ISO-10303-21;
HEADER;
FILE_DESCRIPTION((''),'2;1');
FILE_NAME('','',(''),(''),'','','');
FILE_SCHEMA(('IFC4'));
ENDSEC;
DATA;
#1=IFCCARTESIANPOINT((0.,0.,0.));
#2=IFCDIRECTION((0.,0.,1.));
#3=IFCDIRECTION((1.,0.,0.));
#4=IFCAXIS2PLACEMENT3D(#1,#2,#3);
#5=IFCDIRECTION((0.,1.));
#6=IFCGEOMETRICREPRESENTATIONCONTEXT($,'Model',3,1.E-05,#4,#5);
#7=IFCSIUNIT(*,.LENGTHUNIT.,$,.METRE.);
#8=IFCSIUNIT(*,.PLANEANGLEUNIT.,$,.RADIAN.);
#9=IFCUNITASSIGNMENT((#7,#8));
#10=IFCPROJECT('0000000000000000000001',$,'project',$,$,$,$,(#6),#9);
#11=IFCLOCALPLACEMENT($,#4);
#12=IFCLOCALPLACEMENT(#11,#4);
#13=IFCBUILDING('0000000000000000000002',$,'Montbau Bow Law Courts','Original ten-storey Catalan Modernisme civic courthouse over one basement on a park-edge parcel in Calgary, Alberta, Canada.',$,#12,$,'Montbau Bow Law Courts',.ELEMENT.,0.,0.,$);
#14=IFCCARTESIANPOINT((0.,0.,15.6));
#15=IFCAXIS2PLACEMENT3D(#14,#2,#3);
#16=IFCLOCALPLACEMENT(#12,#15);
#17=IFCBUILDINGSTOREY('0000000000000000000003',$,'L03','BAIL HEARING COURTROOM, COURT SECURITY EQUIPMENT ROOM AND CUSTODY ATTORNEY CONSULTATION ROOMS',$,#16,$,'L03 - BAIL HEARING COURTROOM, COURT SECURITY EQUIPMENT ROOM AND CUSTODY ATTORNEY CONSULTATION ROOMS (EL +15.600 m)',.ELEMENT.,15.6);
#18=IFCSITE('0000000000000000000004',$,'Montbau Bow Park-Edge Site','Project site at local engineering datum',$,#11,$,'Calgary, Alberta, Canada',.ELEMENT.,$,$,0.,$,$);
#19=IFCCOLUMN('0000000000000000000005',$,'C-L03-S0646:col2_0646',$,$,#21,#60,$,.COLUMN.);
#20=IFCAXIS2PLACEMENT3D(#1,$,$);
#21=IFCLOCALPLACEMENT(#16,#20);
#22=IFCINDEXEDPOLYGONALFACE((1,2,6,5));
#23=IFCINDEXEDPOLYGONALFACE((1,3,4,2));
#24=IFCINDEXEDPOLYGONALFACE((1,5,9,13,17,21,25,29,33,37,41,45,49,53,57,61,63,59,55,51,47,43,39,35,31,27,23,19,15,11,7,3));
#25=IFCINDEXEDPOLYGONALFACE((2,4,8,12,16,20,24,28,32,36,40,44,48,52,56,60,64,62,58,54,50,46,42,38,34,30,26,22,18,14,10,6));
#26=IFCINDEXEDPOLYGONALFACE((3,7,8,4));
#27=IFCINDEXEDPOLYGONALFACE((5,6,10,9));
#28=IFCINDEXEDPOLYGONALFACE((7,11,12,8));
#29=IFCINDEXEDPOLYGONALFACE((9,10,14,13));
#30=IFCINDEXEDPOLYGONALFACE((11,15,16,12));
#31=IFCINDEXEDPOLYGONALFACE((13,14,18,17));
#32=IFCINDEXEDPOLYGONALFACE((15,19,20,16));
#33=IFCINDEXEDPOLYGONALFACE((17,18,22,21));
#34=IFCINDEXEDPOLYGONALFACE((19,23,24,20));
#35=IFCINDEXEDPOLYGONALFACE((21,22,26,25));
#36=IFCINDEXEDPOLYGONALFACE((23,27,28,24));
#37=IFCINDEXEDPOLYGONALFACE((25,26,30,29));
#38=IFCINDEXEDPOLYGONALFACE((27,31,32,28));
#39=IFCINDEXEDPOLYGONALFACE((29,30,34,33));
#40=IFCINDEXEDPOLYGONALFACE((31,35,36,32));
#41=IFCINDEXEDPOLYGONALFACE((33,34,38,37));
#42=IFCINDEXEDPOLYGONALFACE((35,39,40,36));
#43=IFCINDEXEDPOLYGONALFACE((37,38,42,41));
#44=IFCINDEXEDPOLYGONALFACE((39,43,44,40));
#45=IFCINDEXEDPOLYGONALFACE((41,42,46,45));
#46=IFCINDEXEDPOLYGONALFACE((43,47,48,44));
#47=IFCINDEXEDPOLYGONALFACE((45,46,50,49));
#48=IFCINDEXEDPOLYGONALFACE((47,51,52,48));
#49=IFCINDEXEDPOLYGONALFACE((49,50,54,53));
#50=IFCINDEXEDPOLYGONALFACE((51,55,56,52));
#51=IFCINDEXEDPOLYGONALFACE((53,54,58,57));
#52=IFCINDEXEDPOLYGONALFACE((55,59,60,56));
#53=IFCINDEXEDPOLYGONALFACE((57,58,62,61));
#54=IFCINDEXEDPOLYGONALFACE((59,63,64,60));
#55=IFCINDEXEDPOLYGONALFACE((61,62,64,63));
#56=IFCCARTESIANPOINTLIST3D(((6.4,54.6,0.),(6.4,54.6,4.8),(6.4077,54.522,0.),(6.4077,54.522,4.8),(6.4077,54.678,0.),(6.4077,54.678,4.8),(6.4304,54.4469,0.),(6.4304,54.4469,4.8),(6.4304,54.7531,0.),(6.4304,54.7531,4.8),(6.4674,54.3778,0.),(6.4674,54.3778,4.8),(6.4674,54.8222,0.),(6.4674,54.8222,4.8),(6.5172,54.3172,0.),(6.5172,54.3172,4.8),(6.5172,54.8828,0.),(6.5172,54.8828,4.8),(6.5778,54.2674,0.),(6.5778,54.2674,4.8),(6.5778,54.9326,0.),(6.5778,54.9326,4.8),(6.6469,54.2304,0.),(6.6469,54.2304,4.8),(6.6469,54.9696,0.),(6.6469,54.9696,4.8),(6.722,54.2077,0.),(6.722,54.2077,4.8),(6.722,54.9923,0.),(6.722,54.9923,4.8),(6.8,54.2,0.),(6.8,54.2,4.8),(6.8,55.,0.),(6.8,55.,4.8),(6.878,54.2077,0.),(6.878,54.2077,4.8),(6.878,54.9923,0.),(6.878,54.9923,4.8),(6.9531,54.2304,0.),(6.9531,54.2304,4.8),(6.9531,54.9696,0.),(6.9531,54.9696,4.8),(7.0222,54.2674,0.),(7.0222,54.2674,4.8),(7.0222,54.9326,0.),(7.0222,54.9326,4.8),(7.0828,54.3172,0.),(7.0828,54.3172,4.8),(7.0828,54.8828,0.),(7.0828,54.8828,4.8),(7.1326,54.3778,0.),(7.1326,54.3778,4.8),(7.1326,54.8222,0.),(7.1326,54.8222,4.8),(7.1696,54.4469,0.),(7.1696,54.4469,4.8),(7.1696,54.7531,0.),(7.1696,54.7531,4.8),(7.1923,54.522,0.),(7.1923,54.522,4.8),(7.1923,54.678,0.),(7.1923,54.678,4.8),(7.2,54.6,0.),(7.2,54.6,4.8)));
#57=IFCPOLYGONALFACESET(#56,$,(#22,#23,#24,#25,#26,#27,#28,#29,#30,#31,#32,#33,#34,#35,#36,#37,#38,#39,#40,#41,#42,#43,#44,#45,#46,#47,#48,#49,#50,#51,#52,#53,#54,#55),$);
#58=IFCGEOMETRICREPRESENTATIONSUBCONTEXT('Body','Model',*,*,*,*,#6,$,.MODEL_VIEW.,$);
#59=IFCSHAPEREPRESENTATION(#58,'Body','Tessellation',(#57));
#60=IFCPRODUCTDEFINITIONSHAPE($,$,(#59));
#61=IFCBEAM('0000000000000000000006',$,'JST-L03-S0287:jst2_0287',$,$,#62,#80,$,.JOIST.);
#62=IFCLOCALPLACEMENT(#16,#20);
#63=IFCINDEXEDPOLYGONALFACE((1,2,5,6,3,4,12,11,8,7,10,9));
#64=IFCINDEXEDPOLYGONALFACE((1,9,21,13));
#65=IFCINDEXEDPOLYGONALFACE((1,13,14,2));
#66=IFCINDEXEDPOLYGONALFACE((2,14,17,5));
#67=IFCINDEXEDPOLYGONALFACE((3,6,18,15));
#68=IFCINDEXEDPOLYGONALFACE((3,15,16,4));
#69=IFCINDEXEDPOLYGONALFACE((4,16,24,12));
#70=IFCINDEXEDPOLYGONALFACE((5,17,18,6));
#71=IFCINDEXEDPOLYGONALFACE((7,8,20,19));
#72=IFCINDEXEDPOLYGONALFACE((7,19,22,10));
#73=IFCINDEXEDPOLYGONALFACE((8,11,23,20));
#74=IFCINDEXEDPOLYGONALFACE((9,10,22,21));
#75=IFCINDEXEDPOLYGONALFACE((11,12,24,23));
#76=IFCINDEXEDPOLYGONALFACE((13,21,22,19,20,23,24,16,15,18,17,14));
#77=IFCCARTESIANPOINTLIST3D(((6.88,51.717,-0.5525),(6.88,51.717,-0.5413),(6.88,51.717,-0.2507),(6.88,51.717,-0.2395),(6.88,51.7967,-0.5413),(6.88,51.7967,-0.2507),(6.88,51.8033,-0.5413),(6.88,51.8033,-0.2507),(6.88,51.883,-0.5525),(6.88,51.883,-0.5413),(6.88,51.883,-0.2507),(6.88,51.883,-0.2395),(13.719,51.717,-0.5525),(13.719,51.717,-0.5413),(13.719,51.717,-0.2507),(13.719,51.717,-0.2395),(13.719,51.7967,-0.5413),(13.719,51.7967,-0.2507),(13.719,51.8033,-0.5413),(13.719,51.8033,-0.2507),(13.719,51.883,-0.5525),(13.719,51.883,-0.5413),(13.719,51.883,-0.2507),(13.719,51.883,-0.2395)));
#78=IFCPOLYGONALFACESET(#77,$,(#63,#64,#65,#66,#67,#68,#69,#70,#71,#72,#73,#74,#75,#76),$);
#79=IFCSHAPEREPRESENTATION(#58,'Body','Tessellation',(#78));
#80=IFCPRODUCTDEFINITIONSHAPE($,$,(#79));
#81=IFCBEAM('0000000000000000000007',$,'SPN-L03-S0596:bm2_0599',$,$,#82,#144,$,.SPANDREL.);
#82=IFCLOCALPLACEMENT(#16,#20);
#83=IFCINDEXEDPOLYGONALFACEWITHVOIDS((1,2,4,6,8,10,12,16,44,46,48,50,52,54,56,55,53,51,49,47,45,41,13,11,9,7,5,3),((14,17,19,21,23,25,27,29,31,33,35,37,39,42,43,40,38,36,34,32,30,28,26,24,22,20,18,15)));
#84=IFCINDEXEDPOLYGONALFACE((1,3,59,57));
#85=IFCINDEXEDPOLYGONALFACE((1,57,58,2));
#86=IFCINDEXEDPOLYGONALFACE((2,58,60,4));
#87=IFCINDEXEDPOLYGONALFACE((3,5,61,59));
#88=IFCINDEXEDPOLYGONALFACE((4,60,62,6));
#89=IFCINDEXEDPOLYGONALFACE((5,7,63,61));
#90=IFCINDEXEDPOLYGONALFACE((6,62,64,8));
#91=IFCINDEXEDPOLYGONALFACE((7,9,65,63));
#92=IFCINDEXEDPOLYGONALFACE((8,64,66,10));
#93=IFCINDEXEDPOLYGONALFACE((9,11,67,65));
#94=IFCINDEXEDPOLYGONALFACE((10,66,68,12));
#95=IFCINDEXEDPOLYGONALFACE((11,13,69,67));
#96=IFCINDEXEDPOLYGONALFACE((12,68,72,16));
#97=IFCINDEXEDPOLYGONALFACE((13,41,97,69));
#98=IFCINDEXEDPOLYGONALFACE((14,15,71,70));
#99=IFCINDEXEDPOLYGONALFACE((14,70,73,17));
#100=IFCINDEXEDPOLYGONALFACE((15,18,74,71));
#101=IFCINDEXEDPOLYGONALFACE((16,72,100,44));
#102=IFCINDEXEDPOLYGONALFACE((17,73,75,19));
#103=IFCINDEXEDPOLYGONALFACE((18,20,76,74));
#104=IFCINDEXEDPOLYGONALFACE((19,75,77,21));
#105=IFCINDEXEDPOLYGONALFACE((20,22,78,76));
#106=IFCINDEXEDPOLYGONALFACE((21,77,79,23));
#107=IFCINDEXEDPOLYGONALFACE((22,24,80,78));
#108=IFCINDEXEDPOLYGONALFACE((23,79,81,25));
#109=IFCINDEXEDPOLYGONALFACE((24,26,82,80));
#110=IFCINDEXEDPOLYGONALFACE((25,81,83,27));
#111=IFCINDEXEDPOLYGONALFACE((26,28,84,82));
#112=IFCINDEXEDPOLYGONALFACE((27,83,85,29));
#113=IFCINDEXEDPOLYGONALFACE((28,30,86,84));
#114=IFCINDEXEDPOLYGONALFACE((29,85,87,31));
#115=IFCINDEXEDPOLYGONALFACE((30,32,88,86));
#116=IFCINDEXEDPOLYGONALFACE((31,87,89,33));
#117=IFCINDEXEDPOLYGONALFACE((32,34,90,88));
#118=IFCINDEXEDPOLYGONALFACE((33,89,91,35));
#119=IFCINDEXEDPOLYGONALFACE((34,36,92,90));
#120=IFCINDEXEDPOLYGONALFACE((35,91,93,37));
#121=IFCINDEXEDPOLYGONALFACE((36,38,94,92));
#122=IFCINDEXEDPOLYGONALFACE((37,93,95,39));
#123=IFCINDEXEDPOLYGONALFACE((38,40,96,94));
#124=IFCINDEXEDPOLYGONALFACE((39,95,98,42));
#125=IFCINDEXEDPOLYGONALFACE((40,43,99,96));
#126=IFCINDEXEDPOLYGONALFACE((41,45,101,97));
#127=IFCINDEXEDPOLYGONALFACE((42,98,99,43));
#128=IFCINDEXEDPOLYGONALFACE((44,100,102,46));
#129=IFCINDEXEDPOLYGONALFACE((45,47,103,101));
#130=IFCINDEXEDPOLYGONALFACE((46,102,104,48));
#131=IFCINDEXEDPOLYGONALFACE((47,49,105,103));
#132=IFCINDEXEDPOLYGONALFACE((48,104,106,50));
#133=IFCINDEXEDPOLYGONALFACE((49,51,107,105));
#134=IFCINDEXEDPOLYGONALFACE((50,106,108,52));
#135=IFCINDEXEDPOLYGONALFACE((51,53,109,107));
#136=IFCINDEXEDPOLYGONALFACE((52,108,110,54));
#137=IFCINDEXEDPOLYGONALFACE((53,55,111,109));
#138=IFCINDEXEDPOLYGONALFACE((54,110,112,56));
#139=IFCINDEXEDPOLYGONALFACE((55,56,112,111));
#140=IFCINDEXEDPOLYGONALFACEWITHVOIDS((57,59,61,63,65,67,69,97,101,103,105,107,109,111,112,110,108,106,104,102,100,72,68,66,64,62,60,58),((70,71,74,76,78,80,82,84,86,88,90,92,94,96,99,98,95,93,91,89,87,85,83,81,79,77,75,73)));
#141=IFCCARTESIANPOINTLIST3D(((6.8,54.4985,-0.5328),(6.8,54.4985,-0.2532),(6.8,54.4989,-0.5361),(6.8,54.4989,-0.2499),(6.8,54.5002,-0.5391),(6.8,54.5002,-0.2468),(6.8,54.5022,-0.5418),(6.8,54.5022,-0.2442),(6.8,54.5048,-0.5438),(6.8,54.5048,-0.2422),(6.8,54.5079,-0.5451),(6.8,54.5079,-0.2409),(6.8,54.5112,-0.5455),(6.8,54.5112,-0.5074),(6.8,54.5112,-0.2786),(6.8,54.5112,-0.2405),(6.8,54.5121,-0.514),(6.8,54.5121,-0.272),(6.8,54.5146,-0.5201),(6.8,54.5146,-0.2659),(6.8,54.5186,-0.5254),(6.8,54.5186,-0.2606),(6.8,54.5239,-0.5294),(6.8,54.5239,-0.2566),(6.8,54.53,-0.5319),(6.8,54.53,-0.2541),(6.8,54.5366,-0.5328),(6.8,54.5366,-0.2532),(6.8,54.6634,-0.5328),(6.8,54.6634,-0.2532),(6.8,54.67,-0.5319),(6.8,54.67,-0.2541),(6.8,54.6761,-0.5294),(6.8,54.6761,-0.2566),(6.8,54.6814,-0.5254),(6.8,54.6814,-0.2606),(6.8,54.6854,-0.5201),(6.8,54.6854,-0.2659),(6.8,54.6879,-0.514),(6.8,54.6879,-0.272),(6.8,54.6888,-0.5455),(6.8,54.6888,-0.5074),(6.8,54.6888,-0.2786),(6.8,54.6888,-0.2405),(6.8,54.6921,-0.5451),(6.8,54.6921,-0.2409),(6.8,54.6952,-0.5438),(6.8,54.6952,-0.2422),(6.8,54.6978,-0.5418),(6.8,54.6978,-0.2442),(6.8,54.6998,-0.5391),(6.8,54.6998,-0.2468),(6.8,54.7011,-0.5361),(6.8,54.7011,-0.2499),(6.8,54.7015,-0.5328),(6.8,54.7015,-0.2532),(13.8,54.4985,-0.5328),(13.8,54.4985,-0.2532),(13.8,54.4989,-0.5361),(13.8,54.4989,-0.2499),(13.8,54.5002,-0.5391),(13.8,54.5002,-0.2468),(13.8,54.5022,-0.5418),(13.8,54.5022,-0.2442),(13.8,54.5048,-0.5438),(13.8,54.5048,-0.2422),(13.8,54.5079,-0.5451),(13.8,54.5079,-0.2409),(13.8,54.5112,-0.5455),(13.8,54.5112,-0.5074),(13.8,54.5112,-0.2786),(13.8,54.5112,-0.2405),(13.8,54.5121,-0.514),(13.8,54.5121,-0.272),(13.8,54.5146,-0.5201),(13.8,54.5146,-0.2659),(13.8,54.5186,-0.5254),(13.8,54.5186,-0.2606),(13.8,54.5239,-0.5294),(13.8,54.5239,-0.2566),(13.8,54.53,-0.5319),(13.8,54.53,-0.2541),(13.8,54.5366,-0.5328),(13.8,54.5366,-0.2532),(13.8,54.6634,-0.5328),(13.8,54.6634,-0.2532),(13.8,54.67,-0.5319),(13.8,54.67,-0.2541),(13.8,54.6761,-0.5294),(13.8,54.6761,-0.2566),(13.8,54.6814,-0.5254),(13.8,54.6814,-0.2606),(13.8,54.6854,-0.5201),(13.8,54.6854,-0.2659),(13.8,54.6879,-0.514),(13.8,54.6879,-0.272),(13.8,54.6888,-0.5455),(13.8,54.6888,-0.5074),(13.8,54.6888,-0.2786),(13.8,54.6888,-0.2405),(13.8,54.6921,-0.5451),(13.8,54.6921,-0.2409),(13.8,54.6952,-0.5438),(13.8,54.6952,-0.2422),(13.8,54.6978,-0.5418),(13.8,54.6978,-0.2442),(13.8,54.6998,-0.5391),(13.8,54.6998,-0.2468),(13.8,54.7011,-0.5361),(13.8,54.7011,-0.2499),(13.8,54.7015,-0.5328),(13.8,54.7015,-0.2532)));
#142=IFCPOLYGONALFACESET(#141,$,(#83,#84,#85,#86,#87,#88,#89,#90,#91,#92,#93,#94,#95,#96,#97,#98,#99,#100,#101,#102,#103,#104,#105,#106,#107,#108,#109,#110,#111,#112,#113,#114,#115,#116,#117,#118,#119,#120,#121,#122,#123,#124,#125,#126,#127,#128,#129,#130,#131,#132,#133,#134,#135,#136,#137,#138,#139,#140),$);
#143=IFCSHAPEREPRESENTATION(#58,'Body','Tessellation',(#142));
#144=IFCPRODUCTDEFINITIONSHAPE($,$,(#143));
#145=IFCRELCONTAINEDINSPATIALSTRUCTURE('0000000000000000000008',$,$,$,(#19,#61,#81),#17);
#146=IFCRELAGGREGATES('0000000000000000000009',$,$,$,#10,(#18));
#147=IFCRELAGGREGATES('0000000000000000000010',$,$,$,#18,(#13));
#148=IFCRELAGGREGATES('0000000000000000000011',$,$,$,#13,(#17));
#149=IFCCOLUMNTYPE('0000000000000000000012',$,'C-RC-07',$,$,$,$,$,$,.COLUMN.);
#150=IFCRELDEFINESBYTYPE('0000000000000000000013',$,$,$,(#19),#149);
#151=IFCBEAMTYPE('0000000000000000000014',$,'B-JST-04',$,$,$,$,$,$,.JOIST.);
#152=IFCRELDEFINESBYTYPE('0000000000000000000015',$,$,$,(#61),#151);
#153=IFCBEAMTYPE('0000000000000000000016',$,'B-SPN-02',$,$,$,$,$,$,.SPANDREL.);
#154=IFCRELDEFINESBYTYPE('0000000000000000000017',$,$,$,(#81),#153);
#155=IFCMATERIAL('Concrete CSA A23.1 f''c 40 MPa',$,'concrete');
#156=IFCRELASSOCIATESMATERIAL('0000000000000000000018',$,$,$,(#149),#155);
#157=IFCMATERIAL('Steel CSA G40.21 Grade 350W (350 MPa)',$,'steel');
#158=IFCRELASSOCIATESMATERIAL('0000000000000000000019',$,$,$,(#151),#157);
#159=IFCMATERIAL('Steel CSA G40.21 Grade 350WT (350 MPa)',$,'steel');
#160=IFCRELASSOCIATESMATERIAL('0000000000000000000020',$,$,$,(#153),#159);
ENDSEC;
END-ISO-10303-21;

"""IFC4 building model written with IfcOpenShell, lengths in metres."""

from ifc_helpers import new_model, si_unit, direction, frame, origin_with_axes, origin_2d_with_axis, place, context, subcontext, project, spatial, hollow_rectangle, circle, i_section, extrude, material, material_profile, profile_set, type_object, element, save


model = new_model("IFC4")

# Units and contexts
model_context = context("Model", 3, precision=1e-05, world=origin_with_axes(), true_north=direction((0.0, 1.0)))
body_context = subcontext(model_context, "Body", "Model", "MODEL_VIEW")
ifc_project = project(units=[si_unit("LENGTHUNIT", "METRE"), si_unit("PLANEANGLEUNIT", "RADIAN")], contexts=[model_context])

# Site, building, storey
site_placement = place(None, origin_with_axes())
site = spatial("IfcSite", under=ifc_project, at=site_placement, Name="Montbau Bow Park-Edge Site", Description="Project site at local engineering datum", LongName="Calgary, Alberta, Canada", CompositionType="ELEMENT", RefElevation=0.0)
building_placement = place(site_placement, origin_with_axes())
building = spatial("IfcBuilding", under=site, at=building_placement, Name="Montbau Bow Law Courts", Description="Original ten-storey Catalan Modernisme civic courthouse over one basement on a park-edge parcel in Calgary, Alberta, Canada.", LongName="Montbau Bow Law Courts", CompositionType="ELEMENT", ElevationOfRefHeight=0.0, ElevationOfTerrain=0.0)
storey_placement = place(building_placement, frame((0.0, 0.0, 15.6), z_axis=(0.0, 0.0, 1.0), x_axis=(1.0, 0.0, 0.0)))
storey = spatial("IfcBuildingStorey", under=building, at=storey_placement, Name="L03", Description="BAIL HEARING COURTROOM, COURT SECURITY EQUIPMENT ROOM AND CUSTODY ATTORNEY CONSULTATION ROOMS", LongName="L03 - BAIL HEARING COURTROOM, COURT SECURITY EQUIPMENT ROOM AND CUSTODY ATTORNEY CONSULTATION ROOMS (EL +15.600 m)", CompositionType="ELEMENT", Elevation=15.6)

# Column
ifc_material_1 = material(Name="Concrete CSA A23.1 f'c 40 MPa", Category="concrete")
ifc_material_profile_1 = material_profile(ifc_material_1, circle(Radius=0.4, at=origin_2d_with_axis()), Name="RC800D", Category="Main", Priority=0)
ifc_profile_set_1 = profile_set([ifc_material_profile_1], Name="Concrete CSA A23.1 f'c 40 MPa")
column_type = type_object("IfcColumnType", Name="C-RC-07", PredefinedType="COLUMN", material=ifc_profile_set_1)
column_placement = place(None, frame((6.8, 54.6, 15.6), z_axis=(0.0, 0.0, 1.0), x_axis=(1.0, 0.0, 0.0)))
element("IfcColumn", 1, at=column_placement, inside=storey, type_object=column_type, Name="C-L03-S0646:col2_0646", PredefinedType="COLUMN", context=body_context, shape_type="SweptSolid", body=[
    extrude(circle(Radius=0.4, at=origin_2d_with_axis()), origin_with_axes(), (0.0, 0.0, 1.0), 4.8),
])

# Beams
ifc_material_2 = material(Name="Steel CSA G40.21 Grade 350W (350 MPa)", Category="steel")
ifc_material_profile_2 = material_profile(ifc_material_2, i_section(OverallWidth=0.166, OverallDepth=0.313, WebThickness=0.0066, FlangeThickness=0.0112, at=origin_2d_with_axis()), Name="W310X45", Category="Main", Priority=0)
ifc_profile_set_2 = profile_set([ifc_material_profile_2], Name="Steel CSA G40.21 Grade 350W (350 MPa)")
beam_type_1 = type_object("IfcBeamType", Name="B-JST-04", PredefinedType="JOIST", material=ifc_profile_set_2)
beam_1_placement = place(None, frame((6.88, 51.8, 15.204), z_axis=(1.0, 0.0, 0.0), x_axis=(0.0, 1.0, 0.0)))
element("IfcBeam", 2, at=beam_1_placement, inside=storey, type_object=beam_type_1, Name="JST-L03-S0287:jst2_0287", PredefinedType="JOIST", context=body_context, shape_type="SweptSolid", body=[
    extrude(i_section(OverallWidth=0.166, OverallDepth=0.313, WebThickness=0.0066, FlangeThickness=0.0112, at=origin_2d_with_axis()), origin_with_axes(), (0.0, 0.0, 1.0), 6.839),
])
ifc_material_3 = material(Name="Steel CSA G40.21 Grade 350WT (350 MPa)", Category="steel")
ifc_material_profile_3 = material_profile(ifc_material_3, hollow_rectangle(XDim=0.203, YDim=0.305, WallThickness=0.0127, InnerFilletRadius=0.0254, OuterFilletRadius=0.0127, at=origin_2d_with_axis()), Name="HSS305X203X13", Category="Main", Priority=0)
ifc_profile_set_3 = profile_set([ifc_material_profile_3], Name="Steel CSA G40.21 Grade 350WT (350 MPa)")
beam_type_2 = type_object("IfcBeamType", Name="B-SPN-02", PredefinedType="SPANDREL", material=ifc_profile_set_3)
beam_2_placement = place(None, frame((6.8, 54.6, 15.207), z_axis=(1.0, 0.0, 0.0), x_axis=(0.0, 1.0, 0.0)))
element("IfcBeam", 3, at=beam_2_placement, inside=storey, type_object=beam_type_2, Name="SPN-L03-S0596:bm2_0599", PredefinedType="SPANDREL", context=body_context, shape_type="SweptSolid", body=[
    extrude(hollow_rectangle(XDim=0.203, YDim=0.305, WallThickness=0.0127, InnerFilletRadius=0.0254, OuterFilletRadius=0.0127, at=origin_2d_with_axis()), origin_with_axes(), (0.0, 0.0, 1.0), 7.0),
])

save(model, "model.ifc")
